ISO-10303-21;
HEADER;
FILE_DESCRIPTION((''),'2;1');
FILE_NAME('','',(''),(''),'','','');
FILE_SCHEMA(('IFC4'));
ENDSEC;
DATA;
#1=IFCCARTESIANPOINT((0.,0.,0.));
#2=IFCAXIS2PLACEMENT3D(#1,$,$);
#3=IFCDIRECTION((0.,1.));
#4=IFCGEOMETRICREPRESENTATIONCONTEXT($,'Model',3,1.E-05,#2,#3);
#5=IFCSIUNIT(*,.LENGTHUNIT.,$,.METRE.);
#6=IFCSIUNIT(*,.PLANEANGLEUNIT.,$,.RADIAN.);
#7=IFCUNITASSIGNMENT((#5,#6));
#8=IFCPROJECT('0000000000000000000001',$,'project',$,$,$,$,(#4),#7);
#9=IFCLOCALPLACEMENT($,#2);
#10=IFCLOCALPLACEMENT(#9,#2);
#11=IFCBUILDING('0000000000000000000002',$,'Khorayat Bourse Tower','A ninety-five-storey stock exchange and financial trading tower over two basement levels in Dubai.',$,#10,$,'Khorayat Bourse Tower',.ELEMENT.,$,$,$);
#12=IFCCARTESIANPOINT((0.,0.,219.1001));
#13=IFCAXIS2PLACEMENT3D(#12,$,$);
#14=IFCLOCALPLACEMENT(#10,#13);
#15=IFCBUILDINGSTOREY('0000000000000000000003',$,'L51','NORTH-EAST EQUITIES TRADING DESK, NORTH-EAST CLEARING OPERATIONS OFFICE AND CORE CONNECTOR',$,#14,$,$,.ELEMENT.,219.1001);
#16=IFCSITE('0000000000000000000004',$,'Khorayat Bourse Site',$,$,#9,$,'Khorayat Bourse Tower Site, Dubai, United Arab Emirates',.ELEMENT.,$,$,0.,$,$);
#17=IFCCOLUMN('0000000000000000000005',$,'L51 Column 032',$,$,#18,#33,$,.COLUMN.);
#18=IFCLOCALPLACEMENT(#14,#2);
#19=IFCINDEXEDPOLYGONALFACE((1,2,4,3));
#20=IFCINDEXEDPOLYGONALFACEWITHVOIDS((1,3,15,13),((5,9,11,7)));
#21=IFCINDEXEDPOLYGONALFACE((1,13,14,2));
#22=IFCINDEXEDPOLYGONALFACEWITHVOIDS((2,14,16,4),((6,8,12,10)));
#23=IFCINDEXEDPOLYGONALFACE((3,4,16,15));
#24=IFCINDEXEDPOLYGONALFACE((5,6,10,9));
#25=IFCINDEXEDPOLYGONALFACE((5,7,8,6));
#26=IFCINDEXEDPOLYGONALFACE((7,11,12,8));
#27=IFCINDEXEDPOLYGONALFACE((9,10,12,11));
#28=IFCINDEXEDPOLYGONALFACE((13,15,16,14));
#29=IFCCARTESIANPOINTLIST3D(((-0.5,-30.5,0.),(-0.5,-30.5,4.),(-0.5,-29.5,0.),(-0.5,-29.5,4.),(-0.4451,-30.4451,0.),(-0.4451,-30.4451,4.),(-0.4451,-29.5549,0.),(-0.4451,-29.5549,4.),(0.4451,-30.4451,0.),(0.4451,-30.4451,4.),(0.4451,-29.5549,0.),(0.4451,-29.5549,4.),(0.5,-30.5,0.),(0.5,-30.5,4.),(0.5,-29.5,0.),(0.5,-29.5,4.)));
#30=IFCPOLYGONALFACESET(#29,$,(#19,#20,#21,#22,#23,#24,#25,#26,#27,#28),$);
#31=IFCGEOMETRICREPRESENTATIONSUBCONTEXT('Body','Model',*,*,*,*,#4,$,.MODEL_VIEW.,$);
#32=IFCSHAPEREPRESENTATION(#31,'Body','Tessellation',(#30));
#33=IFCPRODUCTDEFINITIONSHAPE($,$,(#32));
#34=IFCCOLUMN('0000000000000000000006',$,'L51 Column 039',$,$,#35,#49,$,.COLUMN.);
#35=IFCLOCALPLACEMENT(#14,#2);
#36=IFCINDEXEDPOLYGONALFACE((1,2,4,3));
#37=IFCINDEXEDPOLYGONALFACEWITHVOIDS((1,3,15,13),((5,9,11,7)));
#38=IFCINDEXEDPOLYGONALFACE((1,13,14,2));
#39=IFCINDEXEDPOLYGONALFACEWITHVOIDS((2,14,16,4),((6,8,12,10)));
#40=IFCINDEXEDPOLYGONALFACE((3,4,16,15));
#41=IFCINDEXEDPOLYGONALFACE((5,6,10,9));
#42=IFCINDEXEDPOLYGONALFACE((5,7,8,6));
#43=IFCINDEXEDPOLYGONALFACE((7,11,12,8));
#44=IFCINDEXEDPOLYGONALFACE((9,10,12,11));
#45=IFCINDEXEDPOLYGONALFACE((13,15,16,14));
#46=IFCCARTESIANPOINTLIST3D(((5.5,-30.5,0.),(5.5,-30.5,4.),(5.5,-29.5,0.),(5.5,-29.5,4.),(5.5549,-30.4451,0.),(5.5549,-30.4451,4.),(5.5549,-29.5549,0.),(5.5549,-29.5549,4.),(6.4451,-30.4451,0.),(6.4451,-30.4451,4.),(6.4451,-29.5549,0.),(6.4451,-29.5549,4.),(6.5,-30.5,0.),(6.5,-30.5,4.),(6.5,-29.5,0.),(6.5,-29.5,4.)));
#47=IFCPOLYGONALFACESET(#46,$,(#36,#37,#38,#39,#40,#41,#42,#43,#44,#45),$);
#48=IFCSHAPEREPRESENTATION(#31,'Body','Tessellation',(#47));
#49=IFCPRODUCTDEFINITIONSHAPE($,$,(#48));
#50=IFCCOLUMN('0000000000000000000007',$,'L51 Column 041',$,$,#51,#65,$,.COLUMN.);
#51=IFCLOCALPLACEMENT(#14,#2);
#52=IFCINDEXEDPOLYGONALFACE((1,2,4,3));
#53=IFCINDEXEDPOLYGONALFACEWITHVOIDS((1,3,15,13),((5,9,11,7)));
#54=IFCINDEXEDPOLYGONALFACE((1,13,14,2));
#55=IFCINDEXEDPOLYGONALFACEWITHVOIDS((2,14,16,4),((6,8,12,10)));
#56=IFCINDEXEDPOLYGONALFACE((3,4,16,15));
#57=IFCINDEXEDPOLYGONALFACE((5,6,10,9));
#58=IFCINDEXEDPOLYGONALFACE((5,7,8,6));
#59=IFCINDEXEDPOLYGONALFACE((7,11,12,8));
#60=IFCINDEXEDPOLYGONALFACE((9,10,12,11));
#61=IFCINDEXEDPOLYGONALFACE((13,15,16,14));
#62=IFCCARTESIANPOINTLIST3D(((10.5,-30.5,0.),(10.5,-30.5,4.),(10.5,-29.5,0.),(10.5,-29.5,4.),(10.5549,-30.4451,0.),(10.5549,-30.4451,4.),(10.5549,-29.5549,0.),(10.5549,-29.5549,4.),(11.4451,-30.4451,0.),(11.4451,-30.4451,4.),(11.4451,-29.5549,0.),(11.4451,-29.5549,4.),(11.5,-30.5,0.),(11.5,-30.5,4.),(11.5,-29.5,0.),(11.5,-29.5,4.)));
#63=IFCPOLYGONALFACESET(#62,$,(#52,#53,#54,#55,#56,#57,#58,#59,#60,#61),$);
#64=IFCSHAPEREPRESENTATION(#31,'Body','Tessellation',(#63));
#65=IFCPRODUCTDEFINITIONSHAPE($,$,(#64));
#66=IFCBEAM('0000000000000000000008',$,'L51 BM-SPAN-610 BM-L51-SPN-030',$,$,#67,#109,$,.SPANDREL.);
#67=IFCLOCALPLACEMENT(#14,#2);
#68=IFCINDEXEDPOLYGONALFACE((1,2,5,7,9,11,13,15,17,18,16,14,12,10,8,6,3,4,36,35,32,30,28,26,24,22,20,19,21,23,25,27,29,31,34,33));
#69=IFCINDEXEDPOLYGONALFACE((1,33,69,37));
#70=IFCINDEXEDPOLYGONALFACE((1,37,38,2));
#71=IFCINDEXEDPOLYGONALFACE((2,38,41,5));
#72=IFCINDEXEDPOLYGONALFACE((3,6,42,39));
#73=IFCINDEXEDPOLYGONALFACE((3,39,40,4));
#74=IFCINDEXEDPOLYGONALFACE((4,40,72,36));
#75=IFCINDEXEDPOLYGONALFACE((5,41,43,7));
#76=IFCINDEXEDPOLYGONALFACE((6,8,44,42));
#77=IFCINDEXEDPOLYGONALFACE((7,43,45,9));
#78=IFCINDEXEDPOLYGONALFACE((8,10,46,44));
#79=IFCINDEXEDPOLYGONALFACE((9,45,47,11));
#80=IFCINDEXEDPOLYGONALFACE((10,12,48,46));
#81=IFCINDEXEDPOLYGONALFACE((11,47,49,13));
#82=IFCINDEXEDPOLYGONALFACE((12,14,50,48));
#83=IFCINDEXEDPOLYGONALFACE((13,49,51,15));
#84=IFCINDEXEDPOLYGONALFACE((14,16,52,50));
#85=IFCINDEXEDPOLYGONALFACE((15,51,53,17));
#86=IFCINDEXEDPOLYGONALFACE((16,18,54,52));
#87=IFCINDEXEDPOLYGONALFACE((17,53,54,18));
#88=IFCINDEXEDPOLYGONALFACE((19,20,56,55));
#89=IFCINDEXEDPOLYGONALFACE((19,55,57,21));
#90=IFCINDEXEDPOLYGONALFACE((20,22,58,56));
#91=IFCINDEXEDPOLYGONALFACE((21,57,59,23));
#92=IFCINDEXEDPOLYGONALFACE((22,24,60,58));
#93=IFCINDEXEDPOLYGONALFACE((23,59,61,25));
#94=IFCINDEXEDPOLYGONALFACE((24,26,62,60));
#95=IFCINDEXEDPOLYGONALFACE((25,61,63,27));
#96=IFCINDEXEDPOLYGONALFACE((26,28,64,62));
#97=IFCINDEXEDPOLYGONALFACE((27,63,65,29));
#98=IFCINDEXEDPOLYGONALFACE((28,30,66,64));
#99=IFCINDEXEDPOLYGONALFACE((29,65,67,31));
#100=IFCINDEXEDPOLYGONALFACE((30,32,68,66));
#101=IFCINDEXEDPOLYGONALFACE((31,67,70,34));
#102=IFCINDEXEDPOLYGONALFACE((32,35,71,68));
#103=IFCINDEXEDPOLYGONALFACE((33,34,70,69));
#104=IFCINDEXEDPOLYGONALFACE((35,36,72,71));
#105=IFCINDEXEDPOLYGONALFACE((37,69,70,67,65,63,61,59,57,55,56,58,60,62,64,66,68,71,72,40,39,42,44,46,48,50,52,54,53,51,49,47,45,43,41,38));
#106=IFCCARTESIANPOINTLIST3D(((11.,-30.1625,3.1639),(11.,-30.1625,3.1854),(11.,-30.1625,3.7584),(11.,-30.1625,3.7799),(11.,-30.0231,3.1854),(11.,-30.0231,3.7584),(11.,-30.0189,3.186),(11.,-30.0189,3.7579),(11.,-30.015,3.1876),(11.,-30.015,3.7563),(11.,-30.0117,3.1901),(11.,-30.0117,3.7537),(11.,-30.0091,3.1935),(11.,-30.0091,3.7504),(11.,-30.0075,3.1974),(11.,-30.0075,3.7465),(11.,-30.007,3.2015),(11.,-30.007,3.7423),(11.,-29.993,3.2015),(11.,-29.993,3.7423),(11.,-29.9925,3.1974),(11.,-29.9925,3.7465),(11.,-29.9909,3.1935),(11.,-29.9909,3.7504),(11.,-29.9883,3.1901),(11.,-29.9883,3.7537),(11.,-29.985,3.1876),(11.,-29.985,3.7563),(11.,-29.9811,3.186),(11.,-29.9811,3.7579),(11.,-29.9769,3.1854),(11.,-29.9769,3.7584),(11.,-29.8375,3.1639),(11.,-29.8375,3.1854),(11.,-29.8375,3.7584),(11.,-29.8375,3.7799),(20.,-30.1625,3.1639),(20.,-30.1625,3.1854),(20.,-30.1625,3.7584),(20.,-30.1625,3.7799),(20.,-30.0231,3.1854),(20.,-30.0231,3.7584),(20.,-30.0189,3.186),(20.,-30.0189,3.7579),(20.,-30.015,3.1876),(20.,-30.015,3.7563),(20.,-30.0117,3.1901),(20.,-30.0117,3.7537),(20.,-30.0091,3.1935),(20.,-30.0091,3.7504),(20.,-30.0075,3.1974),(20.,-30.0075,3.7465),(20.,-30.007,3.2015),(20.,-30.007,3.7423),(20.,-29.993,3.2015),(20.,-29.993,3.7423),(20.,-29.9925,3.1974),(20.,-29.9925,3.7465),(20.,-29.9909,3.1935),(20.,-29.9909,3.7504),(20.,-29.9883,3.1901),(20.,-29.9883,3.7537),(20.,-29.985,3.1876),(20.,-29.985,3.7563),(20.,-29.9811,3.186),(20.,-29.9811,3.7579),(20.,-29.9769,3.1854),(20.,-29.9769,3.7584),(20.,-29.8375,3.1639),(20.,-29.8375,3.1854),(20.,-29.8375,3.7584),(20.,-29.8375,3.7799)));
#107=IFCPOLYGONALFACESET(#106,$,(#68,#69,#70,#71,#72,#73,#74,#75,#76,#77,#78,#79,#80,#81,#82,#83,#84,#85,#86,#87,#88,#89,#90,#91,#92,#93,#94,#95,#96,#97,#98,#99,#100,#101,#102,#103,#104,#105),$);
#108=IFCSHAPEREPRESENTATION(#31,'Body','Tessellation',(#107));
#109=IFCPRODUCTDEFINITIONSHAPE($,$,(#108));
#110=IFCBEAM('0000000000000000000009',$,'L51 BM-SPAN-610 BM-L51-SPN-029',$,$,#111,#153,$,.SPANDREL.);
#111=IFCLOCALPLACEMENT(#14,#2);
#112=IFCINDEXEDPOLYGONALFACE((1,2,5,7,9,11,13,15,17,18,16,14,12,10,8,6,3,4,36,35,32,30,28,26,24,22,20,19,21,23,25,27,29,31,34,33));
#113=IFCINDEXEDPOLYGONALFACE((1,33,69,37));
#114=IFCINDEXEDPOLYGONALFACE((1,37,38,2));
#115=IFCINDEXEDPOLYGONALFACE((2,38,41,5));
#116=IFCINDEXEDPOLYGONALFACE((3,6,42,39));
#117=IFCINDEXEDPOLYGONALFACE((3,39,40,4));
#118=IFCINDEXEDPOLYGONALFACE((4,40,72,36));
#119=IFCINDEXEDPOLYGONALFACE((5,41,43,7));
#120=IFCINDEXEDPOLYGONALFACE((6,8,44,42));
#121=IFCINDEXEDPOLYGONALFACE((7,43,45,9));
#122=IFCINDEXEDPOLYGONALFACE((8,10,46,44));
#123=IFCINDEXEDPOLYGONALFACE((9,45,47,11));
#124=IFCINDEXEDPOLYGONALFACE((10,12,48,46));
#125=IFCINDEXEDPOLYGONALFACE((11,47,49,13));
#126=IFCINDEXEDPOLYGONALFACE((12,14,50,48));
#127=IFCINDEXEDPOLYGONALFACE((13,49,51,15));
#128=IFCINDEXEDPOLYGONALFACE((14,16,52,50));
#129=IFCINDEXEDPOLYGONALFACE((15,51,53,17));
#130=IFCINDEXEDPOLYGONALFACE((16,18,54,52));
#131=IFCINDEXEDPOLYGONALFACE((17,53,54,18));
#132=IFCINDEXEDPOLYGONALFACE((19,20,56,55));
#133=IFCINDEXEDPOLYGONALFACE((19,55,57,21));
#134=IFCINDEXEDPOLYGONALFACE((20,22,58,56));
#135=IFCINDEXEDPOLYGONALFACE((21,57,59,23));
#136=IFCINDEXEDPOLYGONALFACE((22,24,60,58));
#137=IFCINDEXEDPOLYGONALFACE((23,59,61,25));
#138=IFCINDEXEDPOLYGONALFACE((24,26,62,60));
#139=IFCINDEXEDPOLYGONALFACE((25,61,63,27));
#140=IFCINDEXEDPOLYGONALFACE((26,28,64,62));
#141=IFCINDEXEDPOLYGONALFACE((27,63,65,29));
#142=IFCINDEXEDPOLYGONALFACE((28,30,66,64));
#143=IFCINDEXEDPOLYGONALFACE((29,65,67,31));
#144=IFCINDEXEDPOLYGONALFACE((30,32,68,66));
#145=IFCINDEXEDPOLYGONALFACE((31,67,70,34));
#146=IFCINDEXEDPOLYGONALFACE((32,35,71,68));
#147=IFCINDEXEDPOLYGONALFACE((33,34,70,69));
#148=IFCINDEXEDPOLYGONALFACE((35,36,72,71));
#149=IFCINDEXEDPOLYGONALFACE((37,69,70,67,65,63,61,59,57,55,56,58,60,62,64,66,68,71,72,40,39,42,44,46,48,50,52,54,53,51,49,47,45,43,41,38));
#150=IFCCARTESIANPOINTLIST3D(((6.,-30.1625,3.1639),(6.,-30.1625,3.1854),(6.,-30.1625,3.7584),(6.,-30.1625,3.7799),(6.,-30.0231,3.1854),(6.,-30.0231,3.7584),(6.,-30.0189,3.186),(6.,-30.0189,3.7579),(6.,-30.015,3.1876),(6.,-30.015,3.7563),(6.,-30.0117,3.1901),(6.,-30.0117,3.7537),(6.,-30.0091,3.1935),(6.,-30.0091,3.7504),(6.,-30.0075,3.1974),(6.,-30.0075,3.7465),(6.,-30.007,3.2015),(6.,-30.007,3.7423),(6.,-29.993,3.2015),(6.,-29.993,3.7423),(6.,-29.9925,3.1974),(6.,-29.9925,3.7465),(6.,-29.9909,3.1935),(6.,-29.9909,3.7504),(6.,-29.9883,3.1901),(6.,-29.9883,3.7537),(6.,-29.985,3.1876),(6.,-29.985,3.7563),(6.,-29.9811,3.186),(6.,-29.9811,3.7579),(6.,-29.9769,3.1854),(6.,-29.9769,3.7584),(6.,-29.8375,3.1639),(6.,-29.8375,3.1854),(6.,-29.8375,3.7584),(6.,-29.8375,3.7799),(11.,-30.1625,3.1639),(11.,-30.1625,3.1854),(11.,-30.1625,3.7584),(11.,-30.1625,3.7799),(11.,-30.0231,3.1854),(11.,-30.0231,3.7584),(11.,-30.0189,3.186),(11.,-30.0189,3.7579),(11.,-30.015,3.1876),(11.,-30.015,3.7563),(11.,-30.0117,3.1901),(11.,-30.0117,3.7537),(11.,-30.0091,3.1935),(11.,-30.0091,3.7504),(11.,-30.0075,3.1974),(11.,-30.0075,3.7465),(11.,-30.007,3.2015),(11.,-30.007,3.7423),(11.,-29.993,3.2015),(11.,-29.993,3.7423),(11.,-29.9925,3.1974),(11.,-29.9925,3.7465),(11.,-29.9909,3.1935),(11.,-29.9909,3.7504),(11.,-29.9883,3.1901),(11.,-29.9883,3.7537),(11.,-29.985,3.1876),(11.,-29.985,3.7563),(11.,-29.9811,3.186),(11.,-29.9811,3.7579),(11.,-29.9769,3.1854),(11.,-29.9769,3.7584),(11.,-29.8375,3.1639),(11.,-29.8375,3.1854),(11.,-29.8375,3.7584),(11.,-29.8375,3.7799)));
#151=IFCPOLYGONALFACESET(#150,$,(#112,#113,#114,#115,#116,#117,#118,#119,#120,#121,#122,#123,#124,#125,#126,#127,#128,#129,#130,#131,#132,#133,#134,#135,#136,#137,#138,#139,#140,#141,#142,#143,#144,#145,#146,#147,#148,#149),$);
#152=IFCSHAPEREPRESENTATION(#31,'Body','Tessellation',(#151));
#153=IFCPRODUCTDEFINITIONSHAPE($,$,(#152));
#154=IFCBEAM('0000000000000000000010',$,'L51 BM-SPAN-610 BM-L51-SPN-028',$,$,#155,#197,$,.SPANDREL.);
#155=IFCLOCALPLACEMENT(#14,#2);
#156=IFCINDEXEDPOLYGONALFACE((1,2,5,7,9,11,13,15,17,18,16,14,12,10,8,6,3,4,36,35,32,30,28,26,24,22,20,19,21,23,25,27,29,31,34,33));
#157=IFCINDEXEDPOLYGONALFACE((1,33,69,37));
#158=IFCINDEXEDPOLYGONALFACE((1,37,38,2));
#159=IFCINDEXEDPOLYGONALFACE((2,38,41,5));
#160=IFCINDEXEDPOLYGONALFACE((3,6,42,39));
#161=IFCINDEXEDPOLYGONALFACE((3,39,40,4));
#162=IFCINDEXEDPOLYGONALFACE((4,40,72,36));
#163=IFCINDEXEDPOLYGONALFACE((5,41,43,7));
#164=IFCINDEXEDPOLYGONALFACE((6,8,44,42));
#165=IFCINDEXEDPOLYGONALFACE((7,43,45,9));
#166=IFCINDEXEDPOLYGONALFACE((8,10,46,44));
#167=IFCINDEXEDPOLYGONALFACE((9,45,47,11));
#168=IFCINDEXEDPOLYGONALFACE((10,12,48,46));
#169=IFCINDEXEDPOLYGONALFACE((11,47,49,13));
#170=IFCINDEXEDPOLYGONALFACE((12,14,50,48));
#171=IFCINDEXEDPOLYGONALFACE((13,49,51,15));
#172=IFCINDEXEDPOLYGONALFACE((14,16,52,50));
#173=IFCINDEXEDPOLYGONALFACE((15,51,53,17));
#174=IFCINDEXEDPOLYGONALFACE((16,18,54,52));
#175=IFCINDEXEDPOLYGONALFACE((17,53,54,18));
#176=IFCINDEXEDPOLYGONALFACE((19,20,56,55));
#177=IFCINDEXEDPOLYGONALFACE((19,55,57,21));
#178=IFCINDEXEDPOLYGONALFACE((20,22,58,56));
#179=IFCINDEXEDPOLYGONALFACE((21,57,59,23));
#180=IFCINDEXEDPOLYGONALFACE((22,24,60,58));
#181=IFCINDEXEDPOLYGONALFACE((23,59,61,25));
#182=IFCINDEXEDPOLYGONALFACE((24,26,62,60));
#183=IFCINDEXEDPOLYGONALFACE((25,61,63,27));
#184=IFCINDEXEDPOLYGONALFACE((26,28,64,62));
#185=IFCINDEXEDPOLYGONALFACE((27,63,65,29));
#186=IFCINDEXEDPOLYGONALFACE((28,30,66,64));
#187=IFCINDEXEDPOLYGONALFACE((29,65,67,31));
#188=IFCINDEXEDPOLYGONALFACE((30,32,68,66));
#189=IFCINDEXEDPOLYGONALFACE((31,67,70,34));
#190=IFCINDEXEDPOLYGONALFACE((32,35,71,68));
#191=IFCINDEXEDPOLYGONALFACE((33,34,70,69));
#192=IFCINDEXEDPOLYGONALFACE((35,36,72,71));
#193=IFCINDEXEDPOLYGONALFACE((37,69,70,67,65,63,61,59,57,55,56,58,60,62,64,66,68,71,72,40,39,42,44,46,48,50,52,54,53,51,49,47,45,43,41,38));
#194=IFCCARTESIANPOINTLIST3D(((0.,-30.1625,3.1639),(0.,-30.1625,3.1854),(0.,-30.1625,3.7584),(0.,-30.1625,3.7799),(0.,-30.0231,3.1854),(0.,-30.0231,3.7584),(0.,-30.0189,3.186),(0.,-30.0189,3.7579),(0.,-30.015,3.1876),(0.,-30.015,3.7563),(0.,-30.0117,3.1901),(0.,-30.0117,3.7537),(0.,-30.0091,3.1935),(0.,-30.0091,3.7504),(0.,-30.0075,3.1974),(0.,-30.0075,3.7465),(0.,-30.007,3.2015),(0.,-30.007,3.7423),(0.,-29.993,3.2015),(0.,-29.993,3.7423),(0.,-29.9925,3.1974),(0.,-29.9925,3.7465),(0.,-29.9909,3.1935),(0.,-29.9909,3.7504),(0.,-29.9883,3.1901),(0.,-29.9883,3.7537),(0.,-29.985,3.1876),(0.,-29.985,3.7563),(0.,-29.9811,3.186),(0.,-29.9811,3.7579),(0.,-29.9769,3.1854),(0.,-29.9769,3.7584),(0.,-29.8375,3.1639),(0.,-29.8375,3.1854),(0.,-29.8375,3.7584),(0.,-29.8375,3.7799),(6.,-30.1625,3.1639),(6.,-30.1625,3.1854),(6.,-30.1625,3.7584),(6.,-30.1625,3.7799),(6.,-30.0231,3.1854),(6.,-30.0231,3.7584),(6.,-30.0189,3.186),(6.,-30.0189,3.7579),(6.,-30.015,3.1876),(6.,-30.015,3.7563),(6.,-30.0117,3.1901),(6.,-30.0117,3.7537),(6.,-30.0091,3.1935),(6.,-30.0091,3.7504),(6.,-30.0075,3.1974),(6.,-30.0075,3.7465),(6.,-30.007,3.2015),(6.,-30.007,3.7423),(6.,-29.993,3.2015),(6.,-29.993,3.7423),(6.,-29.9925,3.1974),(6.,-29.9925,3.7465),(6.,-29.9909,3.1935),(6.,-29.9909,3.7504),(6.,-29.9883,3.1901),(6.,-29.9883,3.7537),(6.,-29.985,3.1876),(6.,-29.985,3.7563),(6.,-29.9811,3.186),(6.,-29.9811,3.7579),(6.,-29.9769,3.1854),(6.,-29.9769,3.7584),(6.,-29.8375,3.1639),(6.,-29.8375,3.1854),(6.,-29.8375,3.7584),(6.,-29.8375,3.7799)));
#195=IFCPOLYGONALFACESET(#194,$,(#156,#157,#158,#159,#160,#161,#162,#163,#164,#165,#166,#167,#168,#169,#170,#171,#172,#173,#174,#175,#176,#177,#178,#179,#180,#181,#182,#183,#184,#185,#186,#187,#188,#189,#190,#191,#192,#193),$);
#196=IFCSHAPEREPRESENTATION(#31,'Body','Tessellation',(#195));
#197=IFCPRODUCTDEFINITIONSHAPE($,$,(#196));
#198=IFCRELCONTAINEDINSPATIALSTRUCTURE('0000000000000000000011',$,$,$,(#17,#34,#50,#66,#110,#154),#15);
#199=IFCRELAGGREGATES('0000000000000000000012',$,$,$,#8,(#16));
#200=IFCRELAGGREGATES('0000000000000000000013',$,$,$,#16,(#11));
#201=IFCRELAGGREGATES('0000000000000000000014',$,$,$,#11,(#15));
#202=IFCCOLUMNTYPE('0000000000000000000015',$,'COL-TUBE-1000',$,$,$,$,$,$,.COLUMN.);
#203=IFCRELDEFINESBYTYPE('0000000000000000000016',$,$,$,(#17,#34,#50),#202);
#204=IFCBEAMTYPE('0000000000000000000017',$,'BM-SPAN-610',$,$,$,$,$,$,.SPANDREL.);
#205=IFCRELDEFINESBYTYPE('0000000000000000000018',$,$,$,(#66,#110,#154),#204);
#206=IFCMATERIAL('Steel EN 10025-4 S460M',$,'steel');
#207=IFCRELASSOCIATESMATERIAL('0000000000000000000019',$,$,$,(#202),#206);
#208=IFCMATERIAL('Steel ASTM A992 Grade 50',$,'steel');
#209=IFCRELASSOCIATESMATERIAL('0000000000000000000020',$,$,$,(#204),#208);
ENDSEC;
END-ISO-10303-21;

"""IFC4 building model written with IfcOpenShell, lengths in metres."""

from ifc_helpers import new_model, si_unit, direction, frame, origin, origin_2d, place, context, subcontext, project, spatial, hollow_rectangle, i_section, extrude, source, transform, mapped, material, material_profile, profile_set, type_object, element, save


model = new_model("IFC4")

# Units and contexts
model_context = context("Model", 3, precision=1e-05, world=origin(), true_north=direction((0.0, 1.0)))
body_context = subcontext(model_context, "Body", "Model", "MODEL_VIEW")
ifc_project = project(units=[si_unit("LENGTHUNIT", "METRE"), si_unit("PLANEANGLEUNIT", "RADIAN")], contexts=[model_context])

# Site, building, storey
site_placement = place(None, origin())
site = spatial("IfcSite", under=ifc_project, at=site_placement, Name="Khorayat Bourse Site", LongName="Khorayat Bourse Tower Site, Dubai, United Arab Emirates", CompositionType="ELEMENT", RefElevation=0.0)
building_placement = place(site_placement, origin())
building = spatial("IfcBuilding", under=site, at=building_placement, Name="Khorayat Bourse Tower", Description="A ninety-five-storey stock exchange and financial trading tower over two basement levels in Dubai.", LongName="Khorayat Bourse Tower", CompositionType="ELEMENT")
storey_placement = place(building_placement, frame((0.0, 0.0, 219.1001)))
storey = spatial("IfcBuildingStorey", under=building, at=storey_placement, Name="L51", Description="NORTH-EAST EQUITIES TRADING DESK, NORTH-EAST CLEARING OPERATIONS OFFICE AND CORE CONNECTOR", CompositionType="ELEMENT", Elevation=219.1001)

# Columns
ifc_material_1 = material(Name="Steel EN 10025-4 S460M", Category="steel")
ifc_material_profile_1 = material_profile(ifc_material_1, hollow_rectangle(XDim=1.0, YDim=1.0, WallThickness=0.0549, at=origin_2d()), Name="BOX 1000x1000x55")
ifc_profile_set_1 = profile_set([ifc_material_profile_1], Name="Steel EN 10025-4 S460M")
column_type = type_object("IfcColumnType", Name="COL-TUBE-1000", PredefinedType="COLUMN", material=ifc_profile_set_1)
shared_shape_1 = source(origin(), body_context, "Body", "SweptSolid", [
    extrude(hollow_rectangle(XDim=1.0, YDim=1.0, WallThickness=0.0549, at=origin_2d()), origin(), (0.0, 0.0, 1.0), 4.0),
])
for number, where, z_axis, x_axis, name in (
    (1, (0.0, -30.0, 0.0), (0.0, 0.0, 1.0), (1.0, 0.0, 0.0), "L51 Column 032"),
    (2, (6.0, -30.0, 0.0), (0.0, 0.0, 1.0), (1.0, 0.0, 0.0), "L51 Column 039"),
    (3, (11.0, -30.0, 0.0), (0.0, 0.0, 1.0), (1.0, 0.0, 0.0), "L51 Column 041"),
):
    element("IfcColumn", number, at=place(storey_placement, frame(where, z_axis=z_axis, x_axis=x_axis)), inside=storey, type_object=column_type, Name=name, PredefinedType="COLUMN", context=body_context, shape_type="MappedRepresentation", body=[
        mapped(shared_shape_1, transform((0.0, 0.0, 0.0), scale=1.0)),
    ])

# Beams
ifc_material_2 = material(Name="Steel ASTM A992 Grade 50", Category="steel")
ifc_material_profile_2 = material_profile(ifc_material_2, i_section(OverallWidth=0.325, OverallDepth=0.616, WebThickness=0.0139, FlangeThickness=0.0215, FilletRadius=0.0161, at=origin_2d()), Name="W610X174")
ifc_profile_set_2 = profile_set([ifc_material_profile_2], Name="Steel ASTM A992 Grade 50")
beam_type_1 = type_object("IfcBeamType", Name="BM-SPAN-610", PredefinedType="SPANDREL", material=ifc_profile_set_2)
shared_shape_2 = source(origin(), body_context, "Body", "SweptSolid", [
    extrude(i_section(OverallWidth=0.325, OverallDepth=0.616, WebThickness=0.0139, FlangeThickness=0.0215, FilletRadius=0.0161, at=origin_2d()), origin(), (0.0, 0.0, 1.0), 9.0),
])
beam_1_placement = place(storey_placement, frame((11.0, -30.0, 3.4719), z_axis=(1.0, 0.0, 0.0), x_axis=(0.0, 1.0, 0.0)))
element("IfcBeam", 4, at=beam_1_placement, inside=storey, type_object=beam_type_1, Name="L51 BM-SPAN-610 BM-L51-SPN-030", PredefinedType="SPANDREL", context=body_context, shape_type="MappedRepresentation", body=[
    mapped(shared_shape_2, transform((0.0, 0.0, 0.0), scale=1.0)),
])
shared_shape_3 = source(origin(), body_context, "Body", "SweptSolid", [
    extrude(i_section(OverallWidth=0.325, OverallDepth=0.616, WebThickness=0.0139, FlangeThickness=0.0215, FilletRadius=0.0161, at=origin_2d()), origin(), (0.0, 0.0, 1.0), 5.0),
])
beam_2_placement = place(storey_placement, frame((6.0, -30.0, 3.4719), z_axis=(1.0, 0.0, 0.0), x_axis=(0.0, 1.0, 0.0)))
element("IfcBeam", 5, at=beam_2_placement, inside=storey, type_object=beam_type_1, Name="L51 BM-SPAN-610 BM-L51-SPN-029", PredefinedType="SPANDREL", context=body_context, shape_type="MappedRepresentation", body=[
    mapped(shared_shape_3, transform((0.0, 0.0, 0.0), scale=1.0)),
])
shared_shape_4 = source(origin(), body_context, "Body", "SweptSolid", [
    extrude(i_section(OverallWidth=0.325, OverallDepth=0.616, WebThickness=0.0139, FlangeThickness=0.0215, FilletRadius=0.0161, at=origin_2d()), origin(), (0.0, 0.0, 1.0), 6.0),
])
beam_3_placement = place(storey_placement, frame((0.0, -30.0, 3.4719), z_axis=(1.0, 0.0, 0.0), x_axis=(0.0, 1.0, 0.0)))
element("IfcBeam", 6, at=beam_3_placement, inside=storey, type_object=beam_type_1, Name="L51 BM-SPAN-610 BM-L51-SPN-028", PredefinedType="SPANDREL", context=body_context, shape_type="MappedRepresentation", body=[
    mapped(shared_shape_4, transform((0.0, 0.0, 0.0), scale=1.0)),
])

save(model, "model.ifc")
